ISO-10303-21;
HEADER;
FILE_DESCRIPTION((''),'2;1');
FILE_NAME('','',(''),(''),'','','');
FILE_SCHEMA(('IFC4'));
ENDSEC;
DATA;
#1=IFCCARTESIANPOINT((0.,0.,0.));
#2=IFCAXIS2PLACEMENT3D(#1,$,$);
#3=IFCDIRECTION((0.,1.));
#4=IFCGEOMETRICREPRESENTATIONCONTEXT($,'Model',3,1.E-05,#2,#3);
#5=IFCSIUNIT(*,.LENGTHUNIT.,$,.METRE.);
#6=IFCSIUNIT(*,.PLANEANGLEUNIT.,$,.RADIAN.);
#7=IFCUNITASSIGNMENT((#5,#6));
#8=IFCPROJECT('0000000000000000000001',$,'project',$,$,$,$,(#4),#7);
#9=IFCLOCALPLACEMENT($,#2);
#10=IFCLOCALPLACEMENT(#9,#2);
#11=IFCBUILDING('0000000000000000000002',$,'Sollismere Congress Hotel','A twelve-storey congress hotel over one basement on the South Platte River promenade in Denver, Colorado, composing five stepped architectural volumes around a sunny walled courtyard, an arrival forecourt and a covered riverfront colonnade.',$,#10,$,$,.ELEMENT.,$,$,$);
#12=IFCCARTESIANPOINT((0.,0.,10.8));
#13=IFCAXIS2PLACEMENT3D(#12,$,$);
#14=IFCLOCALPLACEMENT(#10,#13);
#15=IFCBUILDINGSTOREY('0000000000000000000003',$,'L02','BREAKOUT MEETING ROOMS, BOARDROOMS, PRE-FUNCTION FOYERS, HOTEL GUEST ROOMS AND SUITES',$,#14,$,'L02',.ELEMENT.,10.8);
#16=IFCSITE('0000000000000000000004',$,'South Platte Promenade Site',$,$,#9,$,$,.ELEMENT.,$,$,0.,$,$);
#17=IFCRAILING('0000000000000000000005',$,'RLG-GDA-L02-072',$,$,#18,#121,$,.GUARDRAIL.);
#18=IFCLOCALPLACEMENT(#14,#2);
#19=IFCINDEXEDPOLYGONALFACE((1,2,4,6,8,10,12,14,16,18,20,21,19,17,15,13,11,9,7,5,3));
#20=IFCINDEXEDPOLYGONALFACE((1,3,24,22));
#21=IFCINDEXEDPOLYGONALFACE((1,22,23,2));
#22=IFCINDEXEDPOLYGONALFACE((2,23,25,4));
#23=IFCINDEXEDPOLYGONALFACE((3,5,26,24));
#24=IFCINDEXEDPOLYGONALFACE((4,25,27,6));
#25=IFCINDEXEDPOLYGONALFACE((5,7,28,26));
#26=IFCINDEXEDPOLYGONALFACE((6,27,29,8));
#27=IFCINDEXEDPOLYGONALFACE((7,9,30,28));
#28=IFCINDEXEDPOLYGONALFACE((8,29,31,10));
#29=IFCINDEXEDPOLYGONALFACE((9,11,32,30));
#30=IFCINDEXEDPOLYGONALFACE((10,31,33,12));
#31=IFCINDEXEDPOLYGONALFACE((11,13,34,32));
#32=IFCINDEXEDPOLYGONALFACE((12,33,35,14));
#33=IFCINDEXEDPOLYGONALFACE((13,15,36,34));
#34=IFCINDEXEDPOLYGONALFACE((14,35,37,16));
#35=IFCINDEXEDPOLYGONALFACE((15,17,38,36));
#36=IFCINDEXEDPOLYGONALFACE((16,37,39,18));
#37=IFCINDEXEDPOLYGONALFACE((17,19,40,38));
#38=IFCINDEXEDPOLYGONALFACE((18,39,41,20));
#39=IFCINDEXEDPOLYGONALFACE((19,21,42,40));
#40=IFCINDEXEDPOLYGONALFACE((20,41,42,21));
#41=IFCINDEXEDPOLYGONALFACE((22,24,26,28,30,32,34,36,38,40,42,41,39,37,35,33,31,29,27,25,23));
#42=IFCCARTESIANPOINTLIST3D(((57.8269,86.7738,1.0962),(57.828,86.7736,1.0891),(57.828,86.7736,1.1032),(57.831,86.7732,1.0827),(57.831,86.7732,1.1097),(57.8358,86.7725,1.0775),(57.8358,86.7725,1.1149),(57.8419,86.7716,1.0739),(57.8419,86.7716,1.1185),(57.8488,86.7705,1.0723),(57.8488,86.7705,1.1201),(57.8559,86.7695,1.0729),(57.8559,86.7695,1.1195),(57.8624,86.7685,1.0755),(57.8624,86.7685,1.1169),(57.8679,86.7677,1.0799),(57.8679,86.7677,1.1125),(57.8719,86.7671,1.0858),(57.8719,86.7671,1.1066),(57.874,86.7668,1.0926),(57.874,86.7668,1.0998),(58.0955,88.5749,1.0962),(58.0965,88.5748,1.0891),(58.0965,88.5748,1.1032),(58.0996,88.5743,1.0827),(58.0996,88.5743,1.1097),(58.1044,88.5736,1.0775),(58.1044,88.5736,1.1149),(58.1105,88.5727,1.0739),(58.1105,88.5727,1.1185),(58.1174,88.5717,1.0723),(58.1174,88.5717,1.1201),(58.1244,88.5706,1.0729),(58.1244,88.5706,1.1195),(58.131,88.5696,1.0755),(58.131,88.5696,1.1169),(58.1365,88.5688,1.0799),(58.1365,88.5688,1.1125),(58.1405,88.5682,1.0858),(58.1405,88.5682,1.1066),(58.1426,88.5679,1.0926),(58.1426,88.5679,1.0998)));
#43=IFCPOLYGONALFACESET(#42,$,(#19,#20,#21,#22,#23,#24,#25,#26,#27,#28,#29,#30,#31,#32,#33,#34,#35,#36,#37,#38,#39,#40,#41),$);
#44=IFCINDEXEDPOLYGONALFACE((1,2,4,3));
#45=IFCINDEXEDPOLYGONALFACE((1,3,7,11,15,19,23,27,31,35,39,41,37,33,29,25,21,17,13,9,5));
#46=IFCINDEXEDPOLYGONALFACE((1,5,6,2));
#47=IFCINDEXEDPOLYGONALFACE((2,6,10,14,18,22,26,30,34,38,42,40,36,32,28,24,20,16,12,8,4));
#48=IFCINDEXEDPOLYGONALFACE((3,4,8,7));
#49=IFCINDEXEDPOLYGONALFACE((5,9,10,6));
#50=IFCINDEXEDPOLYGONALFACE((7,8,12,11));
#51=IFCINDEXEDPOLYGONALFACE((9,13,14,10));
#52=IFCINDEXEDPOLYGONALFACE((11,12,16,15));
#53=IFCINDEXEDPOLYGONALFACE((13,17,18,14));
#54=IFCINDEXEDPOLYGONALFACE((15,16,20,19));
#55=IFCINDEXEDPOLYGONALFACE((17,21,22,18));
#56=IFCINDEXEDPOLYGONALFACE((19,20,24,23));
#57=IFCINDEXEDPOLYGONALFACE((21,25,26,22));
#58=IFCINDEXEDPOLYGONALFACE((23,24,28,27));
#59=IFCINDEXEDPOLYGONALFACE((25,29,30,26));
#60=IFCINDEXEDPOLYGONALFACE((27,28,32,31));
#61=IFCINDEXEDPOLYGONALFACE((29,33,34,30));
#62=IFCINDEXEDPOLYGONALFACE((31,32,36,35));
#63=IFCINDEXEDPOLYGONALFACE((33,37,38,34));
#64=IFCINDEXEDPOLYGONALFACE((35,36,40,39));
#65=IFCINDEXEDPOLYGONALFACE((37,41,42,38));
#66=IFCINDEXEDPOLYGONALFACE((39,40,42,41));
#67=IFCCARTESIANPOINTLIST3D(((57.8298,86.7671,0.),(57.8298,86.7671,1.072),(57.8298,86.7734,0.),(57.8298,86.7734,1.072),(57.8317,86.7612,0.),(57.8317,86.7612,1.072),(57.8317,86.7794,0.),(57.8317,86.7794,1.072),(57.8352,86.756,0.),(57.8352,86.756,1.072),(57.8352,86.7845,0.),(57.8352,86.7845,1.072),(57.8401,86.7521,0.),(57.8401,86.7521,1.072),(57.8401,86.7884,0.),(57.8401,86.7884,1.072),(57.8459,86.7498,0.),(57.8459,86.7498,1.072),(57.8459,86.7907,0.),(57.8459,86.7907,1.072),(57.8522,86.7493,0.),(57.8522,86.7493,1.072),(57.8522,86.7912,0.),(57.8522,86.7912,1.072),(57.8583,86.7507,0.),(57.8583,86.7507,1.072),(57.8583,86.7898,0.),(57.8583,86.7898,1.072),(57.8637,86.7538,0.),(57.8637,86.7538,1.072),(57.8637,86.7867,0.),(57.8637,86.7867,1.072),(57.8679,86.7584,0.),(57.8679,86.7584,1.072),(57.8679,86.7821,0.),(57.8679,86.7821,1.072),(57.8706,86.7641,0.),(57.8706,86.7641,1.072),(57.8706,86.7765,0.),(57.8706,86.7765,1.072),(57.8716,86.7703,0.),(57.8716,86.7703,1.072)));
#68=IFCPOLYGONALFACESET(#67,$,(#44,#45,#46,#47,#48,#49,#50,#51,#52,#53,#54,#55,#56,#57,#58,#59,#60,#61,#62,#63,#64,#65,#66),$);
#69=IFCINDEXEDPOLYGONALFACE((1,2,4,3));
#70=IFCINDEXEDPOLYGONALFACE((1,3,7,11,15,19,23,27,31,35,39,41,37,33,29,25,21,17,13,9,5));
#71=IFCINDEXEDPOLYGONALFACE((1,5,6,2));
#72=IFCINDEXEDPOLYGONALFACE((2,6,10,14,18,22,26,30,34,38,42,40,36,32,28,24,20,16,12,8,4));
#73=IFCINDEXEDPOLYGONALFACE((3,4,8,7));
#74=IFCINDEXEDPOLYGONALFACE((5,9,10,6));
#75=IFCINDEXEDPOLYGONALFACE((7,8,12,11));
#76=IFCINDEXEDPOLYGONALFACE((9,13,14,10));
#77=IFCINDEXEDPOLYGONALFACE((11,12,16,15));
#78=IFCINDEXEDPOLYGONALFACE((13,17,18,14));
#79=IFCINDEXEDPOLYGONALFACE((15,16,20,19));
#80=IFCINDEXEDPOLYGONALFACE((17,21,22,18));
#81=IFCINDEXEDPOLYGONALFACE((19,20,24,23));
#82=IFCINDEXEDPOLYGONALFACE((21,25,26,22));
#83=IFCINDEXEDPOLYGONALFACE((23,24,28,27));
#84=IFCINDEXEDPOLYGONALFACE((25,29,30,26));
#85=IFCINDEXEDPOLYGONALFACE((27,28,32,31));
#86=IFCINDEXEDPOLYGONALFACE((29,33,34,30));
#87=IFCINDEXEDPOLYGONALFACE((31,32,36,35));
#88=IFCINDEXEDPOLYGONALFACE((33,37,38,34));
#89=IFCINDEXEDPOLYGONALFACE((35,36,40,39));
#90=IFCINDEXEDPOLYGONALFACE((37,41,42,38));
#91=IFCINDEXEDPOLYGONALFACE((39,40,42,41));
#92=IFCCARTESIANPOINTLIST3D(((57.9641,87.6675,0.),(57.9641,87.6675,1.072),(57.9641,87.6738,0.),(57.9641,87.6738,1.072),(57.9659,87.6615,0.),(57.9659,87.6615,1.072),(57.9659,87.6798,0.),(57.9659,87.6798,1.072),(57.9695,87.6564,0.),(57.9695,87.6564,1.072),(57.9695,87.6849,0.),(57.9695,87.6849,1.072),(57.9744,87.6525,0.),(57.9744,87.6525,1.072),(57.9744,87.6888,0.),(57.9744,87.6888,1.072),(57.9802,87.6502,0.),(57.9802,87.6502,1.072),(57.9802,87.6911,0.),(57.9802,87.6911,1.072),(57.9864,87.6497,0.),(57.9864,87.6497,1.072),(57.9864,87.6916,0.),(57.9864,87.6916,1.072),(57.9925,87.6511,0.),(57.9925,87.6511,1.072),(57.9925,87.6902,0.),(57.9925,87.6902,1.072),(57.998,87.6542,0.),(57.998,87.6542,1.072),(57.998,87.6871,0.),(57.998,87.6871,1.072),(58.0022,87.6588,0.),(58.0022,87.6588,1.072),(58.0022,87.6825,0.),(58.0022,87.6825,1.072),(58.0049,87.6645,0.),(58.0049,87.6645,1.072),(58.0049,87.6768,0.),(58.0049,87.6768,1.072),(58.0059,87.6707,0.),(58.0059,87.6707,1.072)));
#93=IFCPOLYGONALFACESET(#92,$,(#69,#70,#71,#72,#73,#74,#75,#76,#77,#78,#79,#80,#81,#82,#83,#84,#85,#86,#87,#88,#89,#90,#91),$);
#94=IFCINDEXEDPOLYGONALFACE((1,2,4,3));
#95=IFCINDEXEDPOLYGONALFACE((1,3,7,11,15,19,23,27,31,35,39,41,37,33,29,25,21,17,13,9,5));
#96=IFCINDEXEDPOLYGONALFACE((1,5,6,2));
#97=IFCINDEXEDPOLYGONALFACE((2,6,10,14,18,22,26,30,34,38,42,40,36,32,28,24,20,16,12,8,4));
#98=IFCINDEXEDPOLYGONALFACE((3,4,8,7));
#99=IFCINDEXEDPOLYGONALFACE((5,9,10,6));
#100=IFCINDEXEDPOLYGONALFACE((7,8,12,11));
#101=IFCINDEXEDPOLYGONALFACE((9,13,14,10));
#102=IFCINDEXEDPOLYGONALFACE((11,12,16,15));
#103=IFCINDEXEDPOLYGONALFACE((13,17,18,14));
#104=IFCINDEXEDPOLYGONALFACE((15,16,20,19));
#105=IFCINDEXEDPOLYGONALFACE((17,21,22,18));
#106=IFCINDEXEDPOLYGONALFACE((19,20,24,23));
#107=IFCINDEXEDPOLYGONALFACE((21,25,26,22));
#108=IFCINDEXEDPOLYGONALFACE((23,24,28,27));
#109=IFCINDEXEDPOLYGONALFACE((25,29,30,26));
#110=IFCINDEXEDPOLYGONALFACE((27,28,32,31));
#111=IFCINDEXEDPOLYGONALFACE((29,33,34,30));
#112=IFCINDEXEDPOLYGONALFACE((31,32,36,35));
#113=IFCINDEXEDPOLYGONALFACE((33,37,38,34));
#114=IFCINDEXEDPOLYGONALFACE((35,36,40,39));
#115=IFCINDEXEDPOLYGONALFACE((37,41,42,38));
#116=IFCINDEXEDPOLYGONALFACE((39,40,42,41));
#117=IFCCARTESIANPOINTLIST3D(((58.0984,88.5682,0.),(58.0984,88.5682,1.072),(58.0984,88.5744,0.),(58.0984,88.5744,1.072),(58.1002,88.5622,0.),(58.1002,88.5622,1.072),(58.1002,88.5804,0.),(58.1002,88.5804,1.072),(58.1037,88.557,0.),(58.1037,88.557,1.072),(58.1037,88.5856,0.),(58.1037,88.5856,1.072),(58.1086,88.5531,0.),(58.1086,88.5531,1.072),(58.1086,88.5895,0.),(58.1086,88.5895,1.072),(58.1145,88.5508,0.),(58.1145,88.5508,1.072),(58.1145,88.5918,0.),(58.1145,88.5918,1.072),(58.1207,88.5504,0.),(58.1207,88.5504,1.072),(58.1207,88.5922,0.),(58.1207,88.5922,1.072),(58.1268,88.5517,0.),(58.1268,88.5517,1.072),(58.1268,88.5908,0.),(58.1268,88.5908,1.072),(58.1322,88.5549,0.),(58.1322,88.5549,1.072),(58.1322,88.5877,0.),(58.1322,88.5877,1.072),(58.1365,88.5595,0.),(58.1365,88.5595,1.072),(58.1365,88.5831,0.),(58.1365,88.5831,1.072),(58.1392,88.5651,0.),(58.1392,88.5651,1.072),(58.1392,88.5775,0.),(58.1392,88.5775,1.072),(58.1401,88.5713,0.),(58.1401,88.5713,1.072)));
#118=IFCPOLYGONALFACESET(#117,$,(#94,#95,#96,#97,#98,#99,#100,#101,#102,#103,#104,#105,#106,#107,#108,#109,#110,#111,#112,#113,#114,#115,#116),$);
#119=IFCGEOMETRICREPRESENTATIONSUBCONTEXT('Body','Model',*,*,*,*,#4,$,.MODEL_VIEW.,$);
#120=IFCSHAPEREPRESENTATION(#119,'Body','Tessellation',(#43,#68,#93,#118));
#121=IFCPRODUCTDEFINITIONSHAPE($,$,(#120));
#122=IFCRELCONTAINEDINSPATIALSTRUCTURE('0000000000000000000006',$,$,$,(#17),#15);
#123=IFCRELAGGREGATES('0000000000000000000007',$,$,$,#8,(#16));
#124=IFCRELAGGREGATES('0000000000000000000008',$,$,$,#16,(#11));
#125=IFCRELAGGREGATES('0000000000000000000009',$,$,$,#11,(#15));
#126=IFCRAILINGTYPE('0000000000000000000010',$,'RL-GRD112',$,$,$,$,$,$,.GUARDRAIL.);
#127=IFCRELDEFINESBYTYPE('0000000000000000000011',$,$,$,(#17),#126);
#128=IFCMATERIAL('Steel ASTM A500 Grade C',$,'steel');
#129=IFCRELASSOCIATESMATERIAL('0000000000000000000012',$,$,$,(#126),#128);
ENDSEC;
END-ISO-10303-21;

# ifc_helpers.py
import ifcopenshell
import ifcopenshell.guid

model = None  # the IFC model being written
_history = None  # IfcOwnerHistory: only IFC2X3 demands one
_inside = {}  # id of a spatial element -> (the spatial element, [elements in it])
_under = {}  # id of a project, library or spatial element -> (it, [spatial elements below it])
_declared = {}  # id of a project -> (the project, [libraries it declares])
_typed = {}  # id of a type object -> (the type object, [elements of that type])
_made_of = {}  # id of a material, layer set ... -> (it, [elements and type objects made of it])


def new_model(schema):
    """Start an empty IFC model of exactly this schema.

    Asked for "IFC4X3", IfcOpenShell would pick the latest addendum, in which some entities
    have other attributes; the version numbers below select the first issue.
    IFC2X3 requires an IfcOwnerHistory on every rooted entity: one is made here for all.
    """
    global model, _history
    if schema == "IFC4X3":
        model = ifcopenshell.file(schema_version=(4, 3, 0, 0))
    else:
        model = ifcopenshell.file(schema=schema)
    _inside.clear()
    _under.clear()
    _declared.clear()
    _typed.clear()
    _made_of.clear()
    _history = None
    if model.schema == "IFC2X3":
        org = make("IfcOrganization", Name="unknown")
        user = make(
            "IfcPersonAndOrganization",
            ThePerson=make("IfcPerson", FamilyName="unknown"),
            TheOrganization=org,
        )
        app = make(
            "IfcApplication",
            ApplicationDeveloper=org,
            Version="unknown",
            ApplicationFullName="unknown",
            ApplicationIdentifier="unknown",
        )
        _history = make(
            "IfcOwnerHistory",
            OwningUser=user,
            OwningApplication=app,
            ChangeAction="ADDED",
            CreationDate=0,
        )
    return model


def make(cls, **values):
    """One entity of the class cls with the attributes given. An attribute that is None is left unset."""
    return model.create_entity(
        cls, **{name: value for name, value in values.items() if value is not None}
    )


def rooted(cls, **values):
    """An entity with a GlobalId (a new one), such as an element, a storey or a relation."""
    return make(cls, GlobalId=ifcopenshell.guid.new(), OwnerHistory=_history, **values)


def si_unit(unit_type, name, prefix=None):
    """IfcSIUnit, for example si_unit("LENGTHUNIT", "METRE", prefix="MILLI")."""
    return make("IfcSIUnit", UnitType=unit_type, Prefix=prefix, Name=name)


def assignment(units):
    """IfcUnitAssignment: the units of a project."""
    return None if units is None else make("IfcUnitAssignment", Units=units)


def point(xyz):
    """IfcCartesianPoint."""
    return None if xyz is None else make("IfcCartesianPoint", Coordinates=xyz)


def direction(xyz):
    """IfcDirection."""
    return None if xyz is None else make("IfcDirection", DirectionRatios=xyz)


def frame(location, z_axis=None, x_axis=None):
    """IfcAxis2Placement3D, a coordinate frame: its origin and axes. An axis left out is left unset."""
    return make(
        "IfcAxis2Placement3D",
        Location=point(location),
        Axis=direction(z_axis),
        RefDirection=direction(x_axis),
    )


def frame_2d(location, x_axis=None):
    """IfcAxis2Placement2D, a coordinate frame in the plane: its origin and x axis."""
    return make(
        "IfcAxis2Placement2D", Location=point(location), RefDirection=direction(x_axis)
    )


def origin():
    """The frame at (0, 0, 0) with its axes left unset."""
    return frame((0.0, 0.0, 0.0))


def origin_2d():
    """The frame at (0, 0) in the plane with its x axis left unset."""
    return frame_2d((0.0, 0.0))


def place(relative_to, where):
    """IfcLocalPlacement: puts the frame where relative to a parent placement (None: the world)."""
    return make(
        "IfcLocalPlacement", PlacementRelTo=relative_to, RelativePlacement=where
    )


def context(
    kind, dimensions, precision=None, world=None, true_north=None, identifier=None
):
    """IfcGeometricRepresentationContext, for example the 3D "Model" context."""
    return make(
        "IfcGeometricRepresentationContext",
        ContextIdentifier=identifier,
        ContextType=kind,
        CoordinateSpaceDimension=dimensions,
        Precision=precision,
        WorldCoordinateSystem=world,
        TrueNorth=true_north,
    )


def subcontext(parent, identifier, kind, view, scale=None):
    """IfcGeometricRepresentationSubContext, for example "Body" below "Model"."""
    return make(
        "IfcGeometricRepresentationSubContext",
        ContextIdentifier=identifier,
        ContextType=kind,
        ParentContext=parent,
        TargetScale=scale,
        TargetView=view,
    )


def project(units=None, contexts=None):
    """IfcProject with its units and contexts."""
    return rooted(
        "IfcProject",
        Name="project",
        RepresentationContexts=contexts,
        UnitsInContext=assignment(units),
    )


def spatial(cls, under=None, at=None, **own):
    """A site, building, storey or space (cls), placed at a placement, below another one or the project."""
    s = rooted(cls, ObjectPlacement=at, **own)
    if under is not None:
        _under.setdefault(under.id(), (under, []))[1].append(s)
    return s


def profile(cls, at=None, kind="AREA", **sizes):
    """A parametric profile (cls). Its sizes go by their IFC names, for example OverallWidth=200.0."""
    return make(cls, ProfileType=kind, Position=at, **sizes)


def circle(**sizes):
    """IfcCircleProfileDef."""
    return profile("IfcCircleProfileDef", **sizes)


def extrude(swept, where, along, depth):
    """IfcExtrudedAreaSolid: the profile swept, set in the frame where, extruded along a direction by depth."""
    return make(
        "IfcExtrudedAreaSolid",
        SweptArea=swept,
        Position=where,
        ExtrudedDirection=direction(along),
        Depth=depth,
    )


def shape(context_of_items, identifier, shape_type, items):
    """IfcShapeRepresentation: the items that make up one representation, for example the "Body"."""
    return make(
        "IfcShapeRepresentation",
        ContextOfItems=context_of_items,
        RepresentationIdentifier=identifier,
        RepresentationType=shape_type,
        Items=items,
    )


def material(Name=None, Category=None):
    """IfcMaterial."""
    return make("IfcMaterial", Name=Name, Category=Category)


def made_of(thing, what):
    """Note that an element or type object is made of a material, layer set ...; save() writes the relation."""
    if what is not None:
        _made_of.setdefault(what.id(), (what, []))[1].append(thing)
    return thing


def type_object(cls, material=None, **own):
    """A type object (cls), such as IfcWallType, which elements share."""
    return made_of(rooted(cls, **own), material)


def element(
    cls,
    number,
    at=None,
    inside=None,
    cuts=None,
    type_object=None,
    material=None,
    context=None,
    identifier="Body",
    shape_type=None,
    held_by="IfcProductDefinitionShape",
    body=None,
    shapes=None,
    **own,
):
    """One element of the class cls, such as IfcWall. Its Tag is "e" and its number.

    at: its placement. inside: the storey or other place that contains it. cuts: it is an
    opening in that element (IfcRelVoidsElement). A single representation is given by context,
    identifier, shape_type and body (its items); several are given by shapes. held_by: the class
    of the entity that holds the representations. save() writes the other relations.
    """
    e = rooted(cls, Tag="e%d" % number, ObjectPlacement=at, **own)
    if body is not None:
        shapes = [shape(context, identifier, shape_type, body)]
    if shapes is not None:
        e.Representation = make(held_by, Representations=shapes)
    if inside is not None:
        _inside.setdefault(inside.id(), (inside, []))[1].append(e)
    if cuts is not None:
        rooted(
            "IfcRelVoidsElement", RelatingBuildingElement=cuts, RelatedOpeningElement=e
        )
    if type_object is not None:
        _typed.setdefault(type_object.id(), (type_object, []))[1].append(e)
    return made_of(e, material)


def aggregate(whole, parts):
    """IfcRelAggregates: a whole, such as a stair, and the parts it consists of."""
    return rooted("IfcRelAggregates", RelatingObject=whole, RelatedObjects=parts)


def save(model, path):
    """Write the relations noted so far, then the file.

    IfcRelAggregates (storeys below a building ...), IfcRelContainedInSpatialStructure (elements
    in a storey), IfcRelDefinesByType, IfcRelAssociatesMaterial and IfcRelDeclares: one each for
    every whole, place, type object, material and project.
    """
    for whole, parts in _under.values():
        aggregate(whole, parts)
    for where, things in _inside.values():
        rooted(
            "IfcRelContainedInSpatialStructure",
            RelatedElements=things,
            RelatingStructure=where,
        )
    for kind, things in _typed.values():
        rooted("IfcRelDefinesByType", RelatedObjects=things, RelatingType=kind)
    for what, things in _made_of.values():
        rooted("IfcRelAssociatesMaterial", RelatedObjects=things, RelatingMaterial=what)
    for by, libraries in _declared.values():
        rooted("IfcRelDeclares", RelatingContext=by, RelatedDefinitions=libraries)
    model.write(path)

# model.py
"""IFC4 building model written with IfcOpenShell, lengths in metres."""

from ifc_helpers import new_model, si_unit, direction, frame, origin, origin_2d, place, context, subcontext, project, spatial, circle, extrude, material, type_object, element, save


model = new_model("IFC4")

# Units and contexts
model_context = context("Model", 3, precision=1e-05, world=origin(), true_north=direction((0.0, 1.0)))
body_context = subcontext(model_context, "Body", "Model", "MODEL_VIEW")
ifc_project = project(units=[si_unit("LENGTHUNIT", "METRE"), si_unit("PLANEANGLEUNIT", "RADIAN")], contexts=[model_context])

# Site, building, storey
site_placement = place(None, origin())
site = spatial("IfcSite", under=ifc_project, at=site_placement, Name="South Platte Promenade Site", CompositionType="ELEMENT", RefElevation=0.0)
building_placement = place(site_placement, origin())
building = spatial("IfcBuilding", under=site, at=building_placement, Name="Sollismere Congress Hotel", Description="A twelve-storey congress hotel over one basement on the South Platte River promenade in Denver, Colorado, composing five stepped architectural volumes around a sunny walled courtyard, an arrival forecourt and a covered riverfront colonnade.", CompositionType="ELEMENT")
storey_placement = place(building_placement, frame((0.0, 0.0, 10.8)))
storey = spatial("IfcBuildingStorey", under=building, at=storey_placement, Name="L02", Description="BREAKOUT MEETING ROOMS, BOARDROOMS, PRE-FUNCTION FOYERS, HOTEL GUEST ROOMS AND SUITES", LongName="L02", CompositionType="ELEMENT", Elevation=10.8)

# Shared definitions
ifc_material_1 = material(Name="Steel ASTM A500 Grade C", Category="steel")

# Railing
railing_type = type_object("IfcRailingType", Name="RL-GRD112", PredefinedType="GUARDRAIL", material=ifc_material_1)
railing_1_placement = place(storey_placement, frame((57.8506, 86.7703, 0.0)))
element("IfcRailing", 1, at=railing_1_placement, inside=storey, type_object=railing_type, Name="RLG-GDA-L02-072", PredefinedType="GUARDRAIL", context=body_context, shape_type="SweptSolid", body=[
    extrude(circle(Radius=0.0239, at=origin_2d()), frame((0.0, 0.0, 1.0962), z_axis=(0.147482, 0.989065, 0.0), x_axis=(-0.989065, 0.147482, 0.0)), (0.0, 0.0, 1.0), 1.821),
    extrude(circle(Radius=0.021, at=origin_2d()), origin(), (0.0, 0.0, 1.0), 1.072),
    extrude(circle(Radius=0.021, at=origin_2d()), frame((0.1343, 0.9004, 0.0)), (0.0, 0.0, 1.0), 1.072),
    extrude(circle(Radius=0.021, at=origin_2d()), frame((0.2686, 1.801, 0.0)), (0.0, 0.0, 1.0), 1.072),
])

save(model, "model.ifc")
